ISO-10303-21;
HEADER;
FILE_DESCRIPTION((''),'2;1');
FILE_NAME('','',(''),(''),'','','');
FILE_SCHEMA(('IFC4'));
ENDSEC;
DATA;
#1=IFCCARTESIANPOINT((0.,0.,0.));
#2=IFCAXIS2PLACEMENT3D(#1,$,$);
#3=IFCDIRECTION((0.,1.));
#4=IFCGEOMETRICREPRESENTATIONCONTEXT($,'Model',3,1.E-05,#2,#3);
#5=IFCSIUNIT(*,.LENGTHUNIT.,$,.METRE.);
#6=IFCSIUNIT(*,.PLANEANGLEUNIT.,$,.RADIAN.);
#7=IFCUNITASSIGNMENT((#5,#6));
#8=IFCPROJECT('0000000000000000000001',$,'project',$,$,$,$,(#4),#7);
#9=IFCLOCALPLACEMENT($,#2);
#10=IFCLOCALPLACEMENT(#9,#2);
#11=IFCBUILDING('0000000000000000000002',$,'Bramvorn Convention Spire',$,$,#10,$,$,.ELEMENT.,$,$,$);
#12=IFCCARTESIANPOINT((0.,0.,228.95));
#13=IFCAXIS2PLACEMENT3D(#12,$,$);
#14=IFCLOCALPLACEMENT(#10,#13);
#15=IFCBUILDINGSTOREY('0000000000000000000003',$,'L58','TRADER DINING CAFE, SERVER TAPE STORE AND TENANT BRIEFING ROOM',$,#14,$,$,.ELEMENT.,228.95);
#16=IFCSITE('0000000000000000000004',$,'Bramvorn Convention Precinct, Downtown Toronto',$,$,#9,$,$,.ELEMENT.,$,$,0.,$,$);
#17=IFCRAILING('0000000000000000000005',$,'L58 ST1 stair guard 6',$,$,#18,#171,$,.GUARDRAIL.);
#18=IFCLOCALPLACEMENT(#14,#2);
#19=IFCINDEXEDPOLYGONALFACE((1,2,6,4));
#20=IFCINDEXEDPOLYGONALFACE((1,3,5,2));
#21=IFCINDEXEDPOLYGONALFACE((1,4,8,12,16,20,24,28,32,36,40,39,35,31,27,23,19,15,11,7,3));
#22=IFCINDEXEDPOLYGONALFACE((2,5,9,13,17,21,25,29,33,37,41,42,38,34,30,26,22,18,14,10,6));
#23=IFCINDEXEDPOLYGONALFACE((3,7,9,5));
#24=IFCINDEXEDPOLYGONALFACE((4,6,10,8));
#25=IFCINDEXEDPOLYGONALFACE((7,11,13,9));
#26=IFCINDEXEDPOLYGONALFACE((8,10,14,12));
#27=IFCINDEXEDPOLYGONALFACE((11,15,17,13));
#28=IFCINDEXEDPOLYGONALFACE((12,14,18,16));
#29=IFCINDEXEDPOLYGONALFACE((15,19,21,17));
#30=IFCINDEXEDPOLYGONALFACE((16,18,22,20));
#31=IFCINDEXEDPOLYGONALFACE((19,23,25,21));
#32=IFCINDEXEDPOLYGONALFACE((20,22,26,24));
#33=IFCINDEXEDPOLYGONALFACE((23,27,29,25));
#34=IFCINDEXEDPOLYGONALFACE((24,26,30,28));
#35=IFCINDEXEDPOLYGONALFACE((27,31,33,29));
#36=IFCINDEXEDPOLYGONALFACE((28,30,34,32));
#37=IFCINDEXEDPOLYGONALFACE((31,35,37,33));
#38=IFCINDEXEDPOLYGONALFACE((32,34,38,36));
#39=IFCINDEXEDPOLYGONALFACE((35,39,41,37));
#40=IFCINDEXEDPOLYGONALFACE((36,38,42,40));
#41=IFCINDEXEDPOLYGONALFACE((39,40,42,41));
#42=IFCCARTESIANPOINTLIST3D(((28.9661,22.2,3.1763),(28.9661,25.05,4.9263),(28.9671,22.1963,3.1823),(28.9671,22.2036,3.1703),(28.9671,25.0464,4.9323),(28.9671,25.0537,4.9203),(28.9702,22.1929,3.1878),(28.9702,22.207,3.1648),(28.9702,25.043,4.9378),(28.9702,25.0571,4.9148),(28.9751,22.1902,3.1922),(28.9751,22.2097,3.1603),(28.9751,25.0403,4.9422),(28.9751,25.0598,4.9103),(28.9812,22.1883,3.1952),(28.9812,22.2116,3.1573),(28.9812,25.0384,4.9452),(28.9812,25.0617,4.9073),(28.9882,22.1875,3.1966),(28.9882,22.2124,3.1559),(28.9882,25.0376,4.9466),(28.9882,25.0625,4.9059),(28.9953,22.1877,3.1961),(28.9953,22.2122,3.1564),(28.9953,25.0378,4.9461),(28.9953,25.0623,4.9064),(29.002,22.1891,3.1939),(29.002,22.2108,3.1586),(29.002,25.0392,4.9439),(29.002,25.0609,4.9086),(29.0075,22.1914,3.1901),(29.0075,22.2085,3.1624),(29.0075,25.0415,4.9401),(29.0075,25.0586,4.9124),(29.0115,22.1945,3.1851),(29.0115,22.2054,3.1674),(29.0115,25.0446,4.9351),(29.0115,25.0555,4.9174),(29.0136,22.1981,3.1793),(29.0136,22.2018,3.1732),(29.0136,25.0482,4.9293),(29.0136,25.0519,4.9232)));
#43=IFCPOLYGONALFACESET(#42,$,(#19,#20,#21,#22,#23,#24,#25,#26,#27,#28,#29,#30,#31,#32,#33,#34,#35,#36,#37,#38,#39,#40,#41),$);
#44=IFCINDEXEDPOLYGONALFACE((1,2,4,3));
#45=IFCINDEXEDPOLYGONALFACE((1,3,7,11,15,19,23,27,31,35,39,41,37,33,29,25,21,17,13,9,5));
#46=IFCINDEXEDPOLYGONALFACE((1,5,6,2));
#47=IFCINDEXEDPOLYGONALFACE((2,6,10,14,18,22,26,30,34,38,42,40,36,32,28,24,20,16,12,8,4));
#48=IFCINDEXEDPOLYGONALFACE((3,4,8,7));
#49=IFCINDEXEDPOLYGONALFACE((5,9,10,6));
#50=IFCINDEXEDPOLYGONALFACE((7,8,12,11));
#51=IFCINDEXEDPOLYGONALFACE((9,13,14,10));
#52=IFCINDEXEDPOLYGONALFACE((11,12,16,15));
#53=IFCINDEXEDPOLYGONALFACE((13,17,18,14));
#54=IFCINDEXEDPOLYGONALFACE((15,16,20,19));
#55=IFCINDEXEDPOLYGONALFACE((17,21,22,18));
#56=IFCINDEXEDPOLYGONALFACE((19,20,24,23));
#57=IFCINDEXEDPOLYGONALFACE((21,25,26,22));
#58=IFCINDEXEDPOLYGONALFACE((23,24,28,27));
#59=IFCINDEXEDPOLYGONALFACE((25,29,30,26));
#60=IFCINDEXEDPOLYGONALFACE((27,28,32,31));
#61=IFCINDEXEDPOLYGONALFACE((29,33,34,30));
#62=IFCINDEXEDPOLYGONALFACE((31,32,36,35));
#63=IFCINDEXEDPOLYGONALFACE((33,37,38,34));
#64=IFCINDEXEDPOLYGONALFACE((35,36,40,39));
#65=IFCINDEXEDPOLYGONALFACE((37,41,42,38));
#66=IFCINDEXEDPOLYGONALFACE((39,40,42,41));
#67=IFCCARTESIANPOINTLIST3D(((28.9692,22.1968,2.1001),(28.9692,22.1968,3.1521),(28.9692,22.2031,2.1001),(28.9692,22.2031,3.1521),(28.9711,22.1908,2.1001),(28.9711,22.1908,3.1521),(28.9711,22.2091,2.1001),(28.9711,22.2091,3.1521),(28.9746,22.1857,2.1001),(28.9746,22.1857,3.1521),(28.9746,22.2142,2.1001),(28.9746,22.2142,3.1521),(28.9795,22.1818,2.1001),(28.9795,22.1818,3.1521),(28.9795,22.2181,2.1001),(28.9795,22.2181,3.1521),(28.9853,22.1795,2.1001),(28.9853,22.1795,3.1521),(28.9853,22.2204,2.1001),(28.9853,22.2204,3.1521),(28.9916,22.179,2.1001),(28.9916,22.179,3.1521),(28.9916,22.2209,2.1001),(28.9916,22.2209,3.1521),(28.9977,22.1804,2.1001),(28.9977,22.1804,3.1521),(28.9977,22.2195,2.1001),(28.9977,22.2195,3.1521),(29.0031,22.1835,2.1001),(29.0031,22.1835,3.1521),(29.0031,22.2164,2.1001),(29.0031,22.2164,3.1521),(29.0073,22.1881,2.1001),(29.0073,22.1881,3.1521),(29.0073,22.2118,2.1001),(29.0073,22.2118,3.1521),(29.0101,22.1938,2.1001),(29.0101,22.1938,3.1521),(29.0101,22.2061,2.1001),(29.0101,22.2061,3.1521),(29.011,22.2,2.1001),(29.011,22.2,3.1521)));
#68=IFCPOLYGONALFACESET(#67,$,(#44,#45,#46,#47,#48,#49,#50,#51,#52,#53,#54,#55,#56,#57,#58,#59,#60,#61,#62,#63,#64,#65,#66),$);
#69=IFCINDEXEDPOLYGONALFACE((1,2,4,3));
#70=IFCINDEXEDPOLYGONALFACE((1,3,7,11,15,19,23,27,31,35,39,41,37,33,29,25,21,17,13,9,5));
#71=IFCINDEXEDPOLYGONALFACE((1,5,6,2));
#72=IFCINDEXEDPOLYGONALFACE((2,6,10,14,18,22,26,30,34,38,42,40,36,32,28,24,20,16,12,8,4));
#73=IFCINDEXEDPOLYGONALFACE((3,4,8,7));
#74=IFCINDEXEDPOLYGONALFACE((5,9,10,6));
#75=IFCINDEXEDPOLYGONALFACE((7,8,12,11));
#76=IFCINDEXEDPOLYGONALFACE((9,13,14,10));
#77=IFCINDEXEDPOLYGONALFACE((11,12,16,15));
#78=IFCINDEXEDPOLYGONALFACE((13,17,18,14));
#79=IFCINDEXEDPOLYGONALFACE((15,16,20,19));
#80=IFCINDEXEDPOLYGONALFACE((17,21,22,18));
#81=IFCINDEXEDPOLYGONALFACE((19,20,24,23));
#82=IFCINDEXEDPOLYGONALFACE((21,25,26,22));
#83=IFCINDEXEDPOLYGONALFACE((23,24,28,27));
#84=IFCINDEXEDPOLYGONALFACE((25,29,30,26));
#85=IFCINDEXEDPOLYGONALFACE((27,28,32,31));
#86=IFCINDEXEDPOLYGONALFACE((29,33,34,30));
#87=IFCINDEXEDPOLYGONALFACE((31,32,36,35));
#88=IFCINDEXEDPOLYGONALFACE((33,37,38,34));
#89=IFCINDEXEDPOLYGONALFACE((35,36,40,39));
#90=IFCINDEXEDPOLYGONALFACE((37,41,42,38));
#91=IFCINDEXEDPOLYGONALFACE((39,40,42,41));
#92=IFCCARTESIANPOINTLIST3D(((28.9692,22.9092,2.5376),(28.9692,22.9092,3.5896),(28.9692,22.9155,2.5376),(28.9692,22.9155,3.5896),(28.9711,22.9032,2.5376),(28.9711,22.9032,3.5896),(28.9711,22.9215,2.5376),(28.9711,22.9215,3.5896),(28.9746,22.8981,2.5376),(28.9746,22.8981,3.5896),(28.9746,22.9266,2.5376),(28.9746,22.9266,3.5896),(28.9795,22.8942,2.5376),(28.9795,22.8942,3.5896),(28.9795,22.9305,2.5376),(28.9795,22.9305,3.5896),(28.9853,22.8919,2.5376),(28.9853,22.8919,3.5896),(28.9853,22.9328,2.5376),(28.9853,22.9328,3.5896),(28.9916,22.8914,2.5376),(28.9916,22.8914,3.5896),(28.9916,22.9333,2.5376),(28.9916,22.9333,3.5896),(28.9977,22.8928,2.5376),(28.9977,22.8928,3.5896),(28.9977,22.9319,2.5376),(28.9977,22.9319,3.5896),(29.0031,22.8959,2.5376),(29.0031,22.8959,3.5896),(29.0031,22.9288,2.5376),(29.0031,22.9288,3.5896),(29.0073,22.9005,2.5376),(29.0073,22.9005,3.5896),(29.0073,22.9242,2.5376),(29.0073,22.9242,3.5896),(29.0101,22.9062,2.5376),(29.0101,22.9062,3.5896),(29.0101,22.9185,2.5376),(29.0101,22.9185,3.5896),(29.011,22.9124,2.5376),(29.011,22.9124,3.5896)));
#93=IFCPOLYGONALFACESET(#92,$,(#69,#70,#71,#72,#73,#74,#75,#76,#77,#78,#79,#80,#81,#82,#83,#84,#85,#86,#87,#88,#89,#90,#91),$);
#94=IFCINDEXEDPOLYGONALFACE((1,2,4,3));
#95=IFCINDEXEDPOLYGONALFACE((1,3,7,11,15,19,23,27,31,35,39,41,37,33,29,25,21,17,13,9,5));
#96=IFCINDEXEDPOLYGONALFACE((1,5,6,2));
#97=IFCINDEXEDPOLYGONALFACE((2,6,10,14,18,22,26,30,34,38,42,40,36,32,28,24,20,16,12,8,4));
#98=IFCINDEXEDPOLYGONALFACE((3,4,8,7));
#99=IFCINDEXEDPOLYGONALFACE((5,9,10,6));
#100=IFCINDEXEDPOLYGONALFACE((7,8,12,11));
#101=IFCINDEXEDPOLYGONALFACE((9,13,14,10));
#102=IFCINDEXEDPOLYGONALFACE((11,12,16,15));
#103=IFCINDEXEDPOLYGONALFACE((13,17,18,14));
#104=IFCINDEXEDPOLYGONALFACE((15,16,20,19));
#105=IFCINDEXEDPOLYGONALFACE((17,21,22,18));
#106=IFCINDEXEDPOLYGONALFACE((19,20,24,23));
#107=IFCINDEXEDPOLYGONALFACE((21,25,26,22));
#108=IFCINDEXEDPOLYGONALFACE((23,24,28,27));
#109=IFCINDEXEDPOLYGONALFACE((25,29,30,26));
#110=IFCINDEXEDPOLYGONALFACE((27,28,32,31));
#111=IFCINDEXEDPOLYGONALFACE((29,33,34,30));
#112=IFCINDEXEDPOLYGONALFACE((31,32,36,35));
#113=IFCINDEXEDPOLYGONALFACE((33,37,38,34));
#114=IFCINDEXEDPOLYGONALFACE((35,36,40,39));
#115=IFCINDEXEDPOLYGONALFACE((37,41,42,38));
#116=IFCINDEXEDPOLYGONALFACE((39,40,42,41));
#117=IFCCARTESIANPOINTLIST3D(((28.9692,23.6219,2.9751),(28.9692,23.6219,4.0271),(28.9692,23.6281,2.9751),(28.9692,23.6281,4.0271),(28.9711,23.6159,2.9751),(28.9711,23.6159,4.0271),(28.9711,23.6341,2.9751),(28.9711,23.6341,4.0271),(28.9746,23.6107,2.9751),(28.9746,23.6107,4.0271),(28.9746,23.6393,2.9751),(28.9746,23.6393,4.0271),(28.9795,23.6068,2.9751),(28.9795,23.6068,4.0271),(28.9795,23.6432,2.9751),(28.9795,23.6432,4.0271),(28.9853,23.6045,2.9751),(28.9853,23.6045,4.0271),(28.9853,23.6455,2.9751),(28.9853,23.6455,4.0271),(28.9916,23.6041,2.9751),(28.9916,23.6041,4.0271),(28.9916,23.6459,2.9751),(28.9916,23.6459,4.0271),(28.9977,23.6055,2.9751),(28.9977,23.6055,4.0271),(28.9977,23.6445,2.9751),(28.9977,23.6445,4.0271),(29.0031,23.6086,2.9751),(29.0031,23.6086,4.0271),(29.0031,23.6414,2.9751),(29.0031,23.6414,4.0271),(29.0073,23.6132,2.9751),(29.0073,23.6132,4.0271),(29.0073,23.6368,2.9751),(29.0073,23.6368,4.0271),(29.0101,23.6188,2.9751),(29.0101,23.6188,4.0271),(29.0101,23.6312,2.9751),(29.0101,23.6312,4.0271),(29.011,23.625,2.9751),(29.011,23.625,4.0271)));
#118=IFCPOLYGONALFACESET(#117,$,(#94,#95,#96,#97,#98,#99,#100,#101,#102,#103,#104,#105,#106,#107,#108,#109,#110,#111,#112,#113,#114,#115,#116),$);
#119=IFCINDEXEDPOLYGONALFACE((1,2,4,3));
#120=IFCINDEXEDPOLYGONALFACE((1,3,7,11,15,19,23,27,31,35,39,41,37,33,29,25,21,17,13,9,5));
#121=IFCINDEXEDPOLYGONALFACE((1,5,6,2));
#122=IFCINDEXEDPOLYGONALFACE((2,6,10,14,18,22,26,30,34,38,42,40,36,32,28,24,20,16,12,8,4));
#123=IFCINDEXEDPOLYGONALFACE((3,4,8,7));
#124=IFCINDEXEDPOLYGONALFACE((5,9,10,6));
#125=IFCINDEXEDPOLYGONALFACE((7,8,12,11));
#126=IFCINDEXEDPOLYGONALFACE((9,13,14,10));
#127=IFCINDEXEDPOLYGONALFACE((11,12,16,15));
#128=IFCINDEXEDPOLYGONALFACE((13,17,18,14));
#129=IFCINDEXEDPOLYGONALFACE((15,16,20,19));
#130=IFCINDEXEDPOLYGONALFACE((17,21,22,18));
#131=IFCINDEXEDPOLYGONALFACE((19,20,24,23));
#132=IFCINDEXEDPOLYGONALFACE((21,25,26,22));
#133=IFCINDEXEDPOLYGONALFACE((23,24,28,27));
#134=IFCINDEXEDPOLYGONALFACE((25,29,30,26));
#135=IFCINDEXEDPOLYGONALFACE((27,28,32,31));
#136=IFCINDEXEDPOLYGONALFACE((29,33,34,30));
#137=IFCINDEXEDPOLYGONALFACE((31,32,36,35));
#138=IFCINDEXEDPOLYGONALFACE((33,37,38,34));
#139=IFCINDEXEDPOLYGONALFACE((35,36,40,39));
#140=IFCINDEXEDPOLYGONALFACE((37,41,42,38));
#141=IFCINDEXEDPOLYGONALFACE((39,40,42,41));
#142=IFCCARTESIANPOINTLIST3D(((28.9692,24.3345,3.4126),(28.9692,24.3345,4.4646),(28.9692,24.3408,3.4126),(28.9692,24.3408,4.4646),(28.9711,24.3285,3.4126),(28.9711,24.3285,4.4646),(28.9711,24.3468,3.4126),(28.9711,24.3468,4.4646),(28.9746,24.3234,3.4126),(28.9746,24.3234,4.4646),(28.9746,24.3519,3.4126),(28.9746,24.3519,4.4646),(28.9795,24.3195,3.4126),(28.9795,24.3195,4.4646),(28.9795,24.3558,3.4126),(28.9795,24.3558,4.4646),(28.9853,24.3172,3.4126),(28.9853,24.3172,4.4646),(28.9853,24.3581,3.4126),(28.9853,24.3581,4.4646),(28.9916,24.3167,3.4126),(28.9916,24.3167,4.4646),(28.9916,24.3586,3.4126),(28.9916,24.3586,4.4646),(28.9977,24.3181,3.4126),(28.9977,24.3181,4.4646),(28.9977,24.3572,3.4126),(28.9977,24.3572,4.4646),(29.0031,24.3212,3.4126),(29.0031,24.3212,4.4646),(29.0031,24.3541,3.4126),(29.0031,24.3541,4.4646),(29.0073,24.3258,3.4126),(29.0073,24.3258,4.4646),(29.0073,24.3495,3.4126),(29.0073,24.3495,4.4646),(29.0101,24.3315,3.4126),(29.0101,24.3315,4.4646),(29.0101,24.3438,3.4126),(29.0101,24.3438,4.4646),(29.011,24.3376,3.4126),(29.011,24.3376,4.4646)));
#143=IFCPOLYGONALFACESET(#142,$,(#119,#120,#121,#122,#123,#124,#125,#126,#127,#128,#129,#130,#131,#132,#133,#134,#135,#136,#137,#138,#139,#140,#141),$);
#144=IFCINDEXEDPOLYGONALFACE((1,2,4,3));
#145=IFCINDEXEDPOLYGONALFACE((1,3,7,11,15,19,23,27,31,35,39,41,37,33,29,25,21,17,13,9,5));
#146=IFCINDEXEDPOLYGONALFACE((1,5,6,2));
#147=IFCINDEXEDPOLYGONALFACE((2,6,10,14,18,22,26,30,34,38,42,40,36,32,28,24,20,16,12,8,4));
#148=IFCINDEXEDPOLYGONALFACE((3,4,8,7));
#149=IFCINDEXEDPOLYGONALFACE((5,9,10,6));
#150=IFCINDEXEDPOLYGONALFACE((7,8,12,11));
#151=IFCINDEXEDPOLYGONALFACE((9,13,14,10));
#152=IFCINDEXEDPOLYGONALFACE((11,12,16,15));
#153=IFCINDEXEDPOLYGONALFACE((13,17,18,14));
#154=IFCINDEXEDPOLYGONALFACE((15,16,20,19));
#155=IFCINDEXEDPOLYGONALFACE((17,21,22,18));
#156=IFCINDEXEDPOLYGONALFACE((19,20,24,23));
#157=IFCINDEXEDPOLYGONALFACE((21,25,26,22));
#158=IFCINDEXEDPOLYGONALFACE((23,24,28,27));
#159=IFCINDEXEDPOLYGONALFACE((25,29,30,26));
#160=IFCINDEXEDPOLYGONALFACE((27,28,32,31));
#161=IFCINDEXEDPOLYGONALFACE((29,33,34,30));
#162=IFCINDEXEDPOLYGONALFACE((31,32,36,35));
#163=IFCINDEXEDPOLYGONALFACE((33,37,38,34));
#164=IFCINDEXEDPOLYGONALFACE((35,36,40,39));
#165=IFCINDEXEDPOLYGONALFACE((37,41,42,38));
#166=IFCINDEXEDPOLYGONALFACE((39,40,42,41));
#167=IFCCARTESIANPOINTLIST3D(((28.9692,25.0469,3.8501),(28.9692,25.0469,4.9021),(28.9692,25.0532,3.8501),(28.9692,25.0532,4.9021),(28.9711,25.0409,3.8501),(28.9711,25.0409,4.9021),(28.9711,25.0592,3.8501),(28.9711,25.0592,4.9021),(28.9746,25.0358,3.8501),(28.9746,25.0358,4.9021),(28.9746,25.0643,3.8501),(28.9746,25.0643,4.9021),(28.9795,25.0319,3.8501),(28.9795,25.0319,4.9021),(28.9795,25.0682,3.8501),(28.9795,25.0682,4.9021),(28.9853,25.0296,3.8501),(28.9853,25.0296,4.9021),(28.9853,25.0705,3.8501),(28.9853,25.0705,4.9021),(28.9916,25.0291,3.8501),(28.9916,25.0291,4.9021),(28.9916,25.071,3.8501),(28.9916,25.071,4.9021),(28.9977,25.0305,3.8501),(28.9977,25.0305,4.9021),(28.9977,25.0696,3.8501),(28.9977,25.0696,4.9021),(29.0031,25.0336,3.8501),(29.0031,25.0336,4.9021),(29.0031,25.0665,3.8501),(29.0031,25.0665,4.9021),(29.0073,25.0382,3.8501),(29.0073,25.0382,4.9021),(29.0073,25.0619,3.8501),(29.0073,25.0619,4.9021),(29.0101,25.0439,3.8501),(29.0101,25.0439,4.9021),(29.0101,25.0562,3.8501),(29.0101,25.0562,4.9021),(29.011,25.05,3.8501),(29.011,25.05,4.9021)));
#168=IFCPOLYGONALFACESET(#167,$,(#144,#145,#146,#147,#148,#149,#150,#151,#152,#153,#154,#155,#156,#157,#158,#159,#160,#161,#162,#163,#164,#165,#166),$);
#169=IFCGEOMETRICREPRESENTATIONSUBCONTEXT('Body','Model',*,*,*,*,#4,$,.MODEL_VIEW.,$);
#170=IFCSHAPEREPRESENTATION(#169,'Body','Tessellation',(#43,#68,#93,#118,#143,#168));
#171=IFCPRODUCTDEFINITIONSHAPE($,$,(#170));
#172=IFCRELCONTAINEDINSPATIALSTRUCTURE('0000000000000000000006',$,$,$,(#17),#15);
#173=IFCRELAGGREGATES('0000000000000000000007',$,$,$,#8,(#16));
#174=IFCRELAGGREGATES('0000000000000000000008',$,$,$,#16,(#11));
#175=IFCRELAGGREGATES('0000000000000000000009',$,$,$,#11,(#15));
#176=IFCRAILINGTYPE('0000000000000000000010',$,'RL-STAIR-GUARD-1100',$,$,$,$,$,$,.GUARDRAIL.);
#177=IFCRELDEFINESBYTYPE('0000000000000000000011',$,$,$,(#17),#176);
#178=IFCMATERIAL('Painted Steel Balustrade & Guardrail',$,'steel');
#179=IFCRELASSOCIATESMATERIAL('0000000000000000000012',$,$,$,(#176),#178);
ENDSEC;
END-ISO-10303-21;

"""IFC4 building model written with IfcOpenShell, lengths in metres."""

from ifc_helpers import new_model, si_unit, direction, frame, origin, origin_2d, place, context, subcontext, project, spatial, circle, extrude, material, type_object, element, save


model = new_model("IFC4")

# Units and contexts
model_context = context("Model", 3, precision=1e-05, world=origin(), true_north=direction((0.0, 1.0)))
body_context = subcontext(model_context, "Body", "Model", "MODEL_VIEW")
ifc_project = project(units=[si_unit("LENGTHUNIT", "METRE"), si_unit("PLANEANGLEUNIT", "RADIAN")], contexts=[model_context])

# Site, building, storey
site_placement = place(None, origin())
site = spatial("IfcSite", under=ifc_project, at=site_placement, Name="Bramvorn Convention Precinct, Downtown Toronto", CompositionType="ELEMENT", RefElevation=0.0)
building_placement = place(site_placement, origin())
building = spatial("IfcBuilding", under=site, at=building_placement, Name="Bramvorn Convention Spire", CompositionType="ELEMENT")
storey_placement = place(building_placement, frame((0.0, 0.0, 228.95)))
storey = spatial("IfcBuildingStorey", under=building, at=storey_placement, Name="L58", Description="TRADER DINING CAFE, SERVER TAPE STORE AND TENANT BRIEFING ROOM", CompositionType="ELEMENT", Elevation=228.95)

# Railing
ifc_material_1 = material(Name="Painted Steel Balustrade & Guardrail", Category="steel")
railing_type_1 = type_object("IfcRailingType", Name="RL-STAIR-GUARD-1100", PredefinedType="GUARDRAIL", material=ifc_material_1)
railing_1_placement = place(storey_placement, frame((28.99, 22.2, 2.1001)))
element("IfcRailing", 1, at=railing_1_placement, inside=storey, type_object=railing_type_1, Name="L58 ST1 stair guard 6", PredefinedType="GUARDRAIL", context=body_context, shape_type="SweptSolid", body=[
    extrude(circle(Radius=0.0239, at=origin_2d()), frame((0.0, 0.0, 1.0762), z_axis=(0.0, 0.852179, 0.52325), x_axis=(-1.0, 0.0, 0.0)), (0.0, 0.0, 1.0), 3.3445),
    extrude(circle(Radius=0.021, at=origin_2d()), origin(), (0.0, 0.0, 1.0), 1.052),
    extrude(circle(Radius=0.021, at=origin_2d()), frame((0.0, 0.7124, 0.4375)), (0.0, 0.0, 1.0), 1.052),
    extrude(circle(Radius=0.021, at=origin_2d()), frame((0.0, 1.425, 0.875)), (0.0, 0.0, 1.0), 1.052),
    extrude(circle(Radius=0.021, at=origin_2d()), frame((0.0, 2.1377, 1.3125)), (0.0, 0.0, 1.0), 1.052),
    extrude(circle(Radius=0.021, at=origin_2d()), frame((0.0, 2.8501, 1.75)), (0.0, 0.0, 1.0), 1.052),
])

save(model, "model.ifc")
